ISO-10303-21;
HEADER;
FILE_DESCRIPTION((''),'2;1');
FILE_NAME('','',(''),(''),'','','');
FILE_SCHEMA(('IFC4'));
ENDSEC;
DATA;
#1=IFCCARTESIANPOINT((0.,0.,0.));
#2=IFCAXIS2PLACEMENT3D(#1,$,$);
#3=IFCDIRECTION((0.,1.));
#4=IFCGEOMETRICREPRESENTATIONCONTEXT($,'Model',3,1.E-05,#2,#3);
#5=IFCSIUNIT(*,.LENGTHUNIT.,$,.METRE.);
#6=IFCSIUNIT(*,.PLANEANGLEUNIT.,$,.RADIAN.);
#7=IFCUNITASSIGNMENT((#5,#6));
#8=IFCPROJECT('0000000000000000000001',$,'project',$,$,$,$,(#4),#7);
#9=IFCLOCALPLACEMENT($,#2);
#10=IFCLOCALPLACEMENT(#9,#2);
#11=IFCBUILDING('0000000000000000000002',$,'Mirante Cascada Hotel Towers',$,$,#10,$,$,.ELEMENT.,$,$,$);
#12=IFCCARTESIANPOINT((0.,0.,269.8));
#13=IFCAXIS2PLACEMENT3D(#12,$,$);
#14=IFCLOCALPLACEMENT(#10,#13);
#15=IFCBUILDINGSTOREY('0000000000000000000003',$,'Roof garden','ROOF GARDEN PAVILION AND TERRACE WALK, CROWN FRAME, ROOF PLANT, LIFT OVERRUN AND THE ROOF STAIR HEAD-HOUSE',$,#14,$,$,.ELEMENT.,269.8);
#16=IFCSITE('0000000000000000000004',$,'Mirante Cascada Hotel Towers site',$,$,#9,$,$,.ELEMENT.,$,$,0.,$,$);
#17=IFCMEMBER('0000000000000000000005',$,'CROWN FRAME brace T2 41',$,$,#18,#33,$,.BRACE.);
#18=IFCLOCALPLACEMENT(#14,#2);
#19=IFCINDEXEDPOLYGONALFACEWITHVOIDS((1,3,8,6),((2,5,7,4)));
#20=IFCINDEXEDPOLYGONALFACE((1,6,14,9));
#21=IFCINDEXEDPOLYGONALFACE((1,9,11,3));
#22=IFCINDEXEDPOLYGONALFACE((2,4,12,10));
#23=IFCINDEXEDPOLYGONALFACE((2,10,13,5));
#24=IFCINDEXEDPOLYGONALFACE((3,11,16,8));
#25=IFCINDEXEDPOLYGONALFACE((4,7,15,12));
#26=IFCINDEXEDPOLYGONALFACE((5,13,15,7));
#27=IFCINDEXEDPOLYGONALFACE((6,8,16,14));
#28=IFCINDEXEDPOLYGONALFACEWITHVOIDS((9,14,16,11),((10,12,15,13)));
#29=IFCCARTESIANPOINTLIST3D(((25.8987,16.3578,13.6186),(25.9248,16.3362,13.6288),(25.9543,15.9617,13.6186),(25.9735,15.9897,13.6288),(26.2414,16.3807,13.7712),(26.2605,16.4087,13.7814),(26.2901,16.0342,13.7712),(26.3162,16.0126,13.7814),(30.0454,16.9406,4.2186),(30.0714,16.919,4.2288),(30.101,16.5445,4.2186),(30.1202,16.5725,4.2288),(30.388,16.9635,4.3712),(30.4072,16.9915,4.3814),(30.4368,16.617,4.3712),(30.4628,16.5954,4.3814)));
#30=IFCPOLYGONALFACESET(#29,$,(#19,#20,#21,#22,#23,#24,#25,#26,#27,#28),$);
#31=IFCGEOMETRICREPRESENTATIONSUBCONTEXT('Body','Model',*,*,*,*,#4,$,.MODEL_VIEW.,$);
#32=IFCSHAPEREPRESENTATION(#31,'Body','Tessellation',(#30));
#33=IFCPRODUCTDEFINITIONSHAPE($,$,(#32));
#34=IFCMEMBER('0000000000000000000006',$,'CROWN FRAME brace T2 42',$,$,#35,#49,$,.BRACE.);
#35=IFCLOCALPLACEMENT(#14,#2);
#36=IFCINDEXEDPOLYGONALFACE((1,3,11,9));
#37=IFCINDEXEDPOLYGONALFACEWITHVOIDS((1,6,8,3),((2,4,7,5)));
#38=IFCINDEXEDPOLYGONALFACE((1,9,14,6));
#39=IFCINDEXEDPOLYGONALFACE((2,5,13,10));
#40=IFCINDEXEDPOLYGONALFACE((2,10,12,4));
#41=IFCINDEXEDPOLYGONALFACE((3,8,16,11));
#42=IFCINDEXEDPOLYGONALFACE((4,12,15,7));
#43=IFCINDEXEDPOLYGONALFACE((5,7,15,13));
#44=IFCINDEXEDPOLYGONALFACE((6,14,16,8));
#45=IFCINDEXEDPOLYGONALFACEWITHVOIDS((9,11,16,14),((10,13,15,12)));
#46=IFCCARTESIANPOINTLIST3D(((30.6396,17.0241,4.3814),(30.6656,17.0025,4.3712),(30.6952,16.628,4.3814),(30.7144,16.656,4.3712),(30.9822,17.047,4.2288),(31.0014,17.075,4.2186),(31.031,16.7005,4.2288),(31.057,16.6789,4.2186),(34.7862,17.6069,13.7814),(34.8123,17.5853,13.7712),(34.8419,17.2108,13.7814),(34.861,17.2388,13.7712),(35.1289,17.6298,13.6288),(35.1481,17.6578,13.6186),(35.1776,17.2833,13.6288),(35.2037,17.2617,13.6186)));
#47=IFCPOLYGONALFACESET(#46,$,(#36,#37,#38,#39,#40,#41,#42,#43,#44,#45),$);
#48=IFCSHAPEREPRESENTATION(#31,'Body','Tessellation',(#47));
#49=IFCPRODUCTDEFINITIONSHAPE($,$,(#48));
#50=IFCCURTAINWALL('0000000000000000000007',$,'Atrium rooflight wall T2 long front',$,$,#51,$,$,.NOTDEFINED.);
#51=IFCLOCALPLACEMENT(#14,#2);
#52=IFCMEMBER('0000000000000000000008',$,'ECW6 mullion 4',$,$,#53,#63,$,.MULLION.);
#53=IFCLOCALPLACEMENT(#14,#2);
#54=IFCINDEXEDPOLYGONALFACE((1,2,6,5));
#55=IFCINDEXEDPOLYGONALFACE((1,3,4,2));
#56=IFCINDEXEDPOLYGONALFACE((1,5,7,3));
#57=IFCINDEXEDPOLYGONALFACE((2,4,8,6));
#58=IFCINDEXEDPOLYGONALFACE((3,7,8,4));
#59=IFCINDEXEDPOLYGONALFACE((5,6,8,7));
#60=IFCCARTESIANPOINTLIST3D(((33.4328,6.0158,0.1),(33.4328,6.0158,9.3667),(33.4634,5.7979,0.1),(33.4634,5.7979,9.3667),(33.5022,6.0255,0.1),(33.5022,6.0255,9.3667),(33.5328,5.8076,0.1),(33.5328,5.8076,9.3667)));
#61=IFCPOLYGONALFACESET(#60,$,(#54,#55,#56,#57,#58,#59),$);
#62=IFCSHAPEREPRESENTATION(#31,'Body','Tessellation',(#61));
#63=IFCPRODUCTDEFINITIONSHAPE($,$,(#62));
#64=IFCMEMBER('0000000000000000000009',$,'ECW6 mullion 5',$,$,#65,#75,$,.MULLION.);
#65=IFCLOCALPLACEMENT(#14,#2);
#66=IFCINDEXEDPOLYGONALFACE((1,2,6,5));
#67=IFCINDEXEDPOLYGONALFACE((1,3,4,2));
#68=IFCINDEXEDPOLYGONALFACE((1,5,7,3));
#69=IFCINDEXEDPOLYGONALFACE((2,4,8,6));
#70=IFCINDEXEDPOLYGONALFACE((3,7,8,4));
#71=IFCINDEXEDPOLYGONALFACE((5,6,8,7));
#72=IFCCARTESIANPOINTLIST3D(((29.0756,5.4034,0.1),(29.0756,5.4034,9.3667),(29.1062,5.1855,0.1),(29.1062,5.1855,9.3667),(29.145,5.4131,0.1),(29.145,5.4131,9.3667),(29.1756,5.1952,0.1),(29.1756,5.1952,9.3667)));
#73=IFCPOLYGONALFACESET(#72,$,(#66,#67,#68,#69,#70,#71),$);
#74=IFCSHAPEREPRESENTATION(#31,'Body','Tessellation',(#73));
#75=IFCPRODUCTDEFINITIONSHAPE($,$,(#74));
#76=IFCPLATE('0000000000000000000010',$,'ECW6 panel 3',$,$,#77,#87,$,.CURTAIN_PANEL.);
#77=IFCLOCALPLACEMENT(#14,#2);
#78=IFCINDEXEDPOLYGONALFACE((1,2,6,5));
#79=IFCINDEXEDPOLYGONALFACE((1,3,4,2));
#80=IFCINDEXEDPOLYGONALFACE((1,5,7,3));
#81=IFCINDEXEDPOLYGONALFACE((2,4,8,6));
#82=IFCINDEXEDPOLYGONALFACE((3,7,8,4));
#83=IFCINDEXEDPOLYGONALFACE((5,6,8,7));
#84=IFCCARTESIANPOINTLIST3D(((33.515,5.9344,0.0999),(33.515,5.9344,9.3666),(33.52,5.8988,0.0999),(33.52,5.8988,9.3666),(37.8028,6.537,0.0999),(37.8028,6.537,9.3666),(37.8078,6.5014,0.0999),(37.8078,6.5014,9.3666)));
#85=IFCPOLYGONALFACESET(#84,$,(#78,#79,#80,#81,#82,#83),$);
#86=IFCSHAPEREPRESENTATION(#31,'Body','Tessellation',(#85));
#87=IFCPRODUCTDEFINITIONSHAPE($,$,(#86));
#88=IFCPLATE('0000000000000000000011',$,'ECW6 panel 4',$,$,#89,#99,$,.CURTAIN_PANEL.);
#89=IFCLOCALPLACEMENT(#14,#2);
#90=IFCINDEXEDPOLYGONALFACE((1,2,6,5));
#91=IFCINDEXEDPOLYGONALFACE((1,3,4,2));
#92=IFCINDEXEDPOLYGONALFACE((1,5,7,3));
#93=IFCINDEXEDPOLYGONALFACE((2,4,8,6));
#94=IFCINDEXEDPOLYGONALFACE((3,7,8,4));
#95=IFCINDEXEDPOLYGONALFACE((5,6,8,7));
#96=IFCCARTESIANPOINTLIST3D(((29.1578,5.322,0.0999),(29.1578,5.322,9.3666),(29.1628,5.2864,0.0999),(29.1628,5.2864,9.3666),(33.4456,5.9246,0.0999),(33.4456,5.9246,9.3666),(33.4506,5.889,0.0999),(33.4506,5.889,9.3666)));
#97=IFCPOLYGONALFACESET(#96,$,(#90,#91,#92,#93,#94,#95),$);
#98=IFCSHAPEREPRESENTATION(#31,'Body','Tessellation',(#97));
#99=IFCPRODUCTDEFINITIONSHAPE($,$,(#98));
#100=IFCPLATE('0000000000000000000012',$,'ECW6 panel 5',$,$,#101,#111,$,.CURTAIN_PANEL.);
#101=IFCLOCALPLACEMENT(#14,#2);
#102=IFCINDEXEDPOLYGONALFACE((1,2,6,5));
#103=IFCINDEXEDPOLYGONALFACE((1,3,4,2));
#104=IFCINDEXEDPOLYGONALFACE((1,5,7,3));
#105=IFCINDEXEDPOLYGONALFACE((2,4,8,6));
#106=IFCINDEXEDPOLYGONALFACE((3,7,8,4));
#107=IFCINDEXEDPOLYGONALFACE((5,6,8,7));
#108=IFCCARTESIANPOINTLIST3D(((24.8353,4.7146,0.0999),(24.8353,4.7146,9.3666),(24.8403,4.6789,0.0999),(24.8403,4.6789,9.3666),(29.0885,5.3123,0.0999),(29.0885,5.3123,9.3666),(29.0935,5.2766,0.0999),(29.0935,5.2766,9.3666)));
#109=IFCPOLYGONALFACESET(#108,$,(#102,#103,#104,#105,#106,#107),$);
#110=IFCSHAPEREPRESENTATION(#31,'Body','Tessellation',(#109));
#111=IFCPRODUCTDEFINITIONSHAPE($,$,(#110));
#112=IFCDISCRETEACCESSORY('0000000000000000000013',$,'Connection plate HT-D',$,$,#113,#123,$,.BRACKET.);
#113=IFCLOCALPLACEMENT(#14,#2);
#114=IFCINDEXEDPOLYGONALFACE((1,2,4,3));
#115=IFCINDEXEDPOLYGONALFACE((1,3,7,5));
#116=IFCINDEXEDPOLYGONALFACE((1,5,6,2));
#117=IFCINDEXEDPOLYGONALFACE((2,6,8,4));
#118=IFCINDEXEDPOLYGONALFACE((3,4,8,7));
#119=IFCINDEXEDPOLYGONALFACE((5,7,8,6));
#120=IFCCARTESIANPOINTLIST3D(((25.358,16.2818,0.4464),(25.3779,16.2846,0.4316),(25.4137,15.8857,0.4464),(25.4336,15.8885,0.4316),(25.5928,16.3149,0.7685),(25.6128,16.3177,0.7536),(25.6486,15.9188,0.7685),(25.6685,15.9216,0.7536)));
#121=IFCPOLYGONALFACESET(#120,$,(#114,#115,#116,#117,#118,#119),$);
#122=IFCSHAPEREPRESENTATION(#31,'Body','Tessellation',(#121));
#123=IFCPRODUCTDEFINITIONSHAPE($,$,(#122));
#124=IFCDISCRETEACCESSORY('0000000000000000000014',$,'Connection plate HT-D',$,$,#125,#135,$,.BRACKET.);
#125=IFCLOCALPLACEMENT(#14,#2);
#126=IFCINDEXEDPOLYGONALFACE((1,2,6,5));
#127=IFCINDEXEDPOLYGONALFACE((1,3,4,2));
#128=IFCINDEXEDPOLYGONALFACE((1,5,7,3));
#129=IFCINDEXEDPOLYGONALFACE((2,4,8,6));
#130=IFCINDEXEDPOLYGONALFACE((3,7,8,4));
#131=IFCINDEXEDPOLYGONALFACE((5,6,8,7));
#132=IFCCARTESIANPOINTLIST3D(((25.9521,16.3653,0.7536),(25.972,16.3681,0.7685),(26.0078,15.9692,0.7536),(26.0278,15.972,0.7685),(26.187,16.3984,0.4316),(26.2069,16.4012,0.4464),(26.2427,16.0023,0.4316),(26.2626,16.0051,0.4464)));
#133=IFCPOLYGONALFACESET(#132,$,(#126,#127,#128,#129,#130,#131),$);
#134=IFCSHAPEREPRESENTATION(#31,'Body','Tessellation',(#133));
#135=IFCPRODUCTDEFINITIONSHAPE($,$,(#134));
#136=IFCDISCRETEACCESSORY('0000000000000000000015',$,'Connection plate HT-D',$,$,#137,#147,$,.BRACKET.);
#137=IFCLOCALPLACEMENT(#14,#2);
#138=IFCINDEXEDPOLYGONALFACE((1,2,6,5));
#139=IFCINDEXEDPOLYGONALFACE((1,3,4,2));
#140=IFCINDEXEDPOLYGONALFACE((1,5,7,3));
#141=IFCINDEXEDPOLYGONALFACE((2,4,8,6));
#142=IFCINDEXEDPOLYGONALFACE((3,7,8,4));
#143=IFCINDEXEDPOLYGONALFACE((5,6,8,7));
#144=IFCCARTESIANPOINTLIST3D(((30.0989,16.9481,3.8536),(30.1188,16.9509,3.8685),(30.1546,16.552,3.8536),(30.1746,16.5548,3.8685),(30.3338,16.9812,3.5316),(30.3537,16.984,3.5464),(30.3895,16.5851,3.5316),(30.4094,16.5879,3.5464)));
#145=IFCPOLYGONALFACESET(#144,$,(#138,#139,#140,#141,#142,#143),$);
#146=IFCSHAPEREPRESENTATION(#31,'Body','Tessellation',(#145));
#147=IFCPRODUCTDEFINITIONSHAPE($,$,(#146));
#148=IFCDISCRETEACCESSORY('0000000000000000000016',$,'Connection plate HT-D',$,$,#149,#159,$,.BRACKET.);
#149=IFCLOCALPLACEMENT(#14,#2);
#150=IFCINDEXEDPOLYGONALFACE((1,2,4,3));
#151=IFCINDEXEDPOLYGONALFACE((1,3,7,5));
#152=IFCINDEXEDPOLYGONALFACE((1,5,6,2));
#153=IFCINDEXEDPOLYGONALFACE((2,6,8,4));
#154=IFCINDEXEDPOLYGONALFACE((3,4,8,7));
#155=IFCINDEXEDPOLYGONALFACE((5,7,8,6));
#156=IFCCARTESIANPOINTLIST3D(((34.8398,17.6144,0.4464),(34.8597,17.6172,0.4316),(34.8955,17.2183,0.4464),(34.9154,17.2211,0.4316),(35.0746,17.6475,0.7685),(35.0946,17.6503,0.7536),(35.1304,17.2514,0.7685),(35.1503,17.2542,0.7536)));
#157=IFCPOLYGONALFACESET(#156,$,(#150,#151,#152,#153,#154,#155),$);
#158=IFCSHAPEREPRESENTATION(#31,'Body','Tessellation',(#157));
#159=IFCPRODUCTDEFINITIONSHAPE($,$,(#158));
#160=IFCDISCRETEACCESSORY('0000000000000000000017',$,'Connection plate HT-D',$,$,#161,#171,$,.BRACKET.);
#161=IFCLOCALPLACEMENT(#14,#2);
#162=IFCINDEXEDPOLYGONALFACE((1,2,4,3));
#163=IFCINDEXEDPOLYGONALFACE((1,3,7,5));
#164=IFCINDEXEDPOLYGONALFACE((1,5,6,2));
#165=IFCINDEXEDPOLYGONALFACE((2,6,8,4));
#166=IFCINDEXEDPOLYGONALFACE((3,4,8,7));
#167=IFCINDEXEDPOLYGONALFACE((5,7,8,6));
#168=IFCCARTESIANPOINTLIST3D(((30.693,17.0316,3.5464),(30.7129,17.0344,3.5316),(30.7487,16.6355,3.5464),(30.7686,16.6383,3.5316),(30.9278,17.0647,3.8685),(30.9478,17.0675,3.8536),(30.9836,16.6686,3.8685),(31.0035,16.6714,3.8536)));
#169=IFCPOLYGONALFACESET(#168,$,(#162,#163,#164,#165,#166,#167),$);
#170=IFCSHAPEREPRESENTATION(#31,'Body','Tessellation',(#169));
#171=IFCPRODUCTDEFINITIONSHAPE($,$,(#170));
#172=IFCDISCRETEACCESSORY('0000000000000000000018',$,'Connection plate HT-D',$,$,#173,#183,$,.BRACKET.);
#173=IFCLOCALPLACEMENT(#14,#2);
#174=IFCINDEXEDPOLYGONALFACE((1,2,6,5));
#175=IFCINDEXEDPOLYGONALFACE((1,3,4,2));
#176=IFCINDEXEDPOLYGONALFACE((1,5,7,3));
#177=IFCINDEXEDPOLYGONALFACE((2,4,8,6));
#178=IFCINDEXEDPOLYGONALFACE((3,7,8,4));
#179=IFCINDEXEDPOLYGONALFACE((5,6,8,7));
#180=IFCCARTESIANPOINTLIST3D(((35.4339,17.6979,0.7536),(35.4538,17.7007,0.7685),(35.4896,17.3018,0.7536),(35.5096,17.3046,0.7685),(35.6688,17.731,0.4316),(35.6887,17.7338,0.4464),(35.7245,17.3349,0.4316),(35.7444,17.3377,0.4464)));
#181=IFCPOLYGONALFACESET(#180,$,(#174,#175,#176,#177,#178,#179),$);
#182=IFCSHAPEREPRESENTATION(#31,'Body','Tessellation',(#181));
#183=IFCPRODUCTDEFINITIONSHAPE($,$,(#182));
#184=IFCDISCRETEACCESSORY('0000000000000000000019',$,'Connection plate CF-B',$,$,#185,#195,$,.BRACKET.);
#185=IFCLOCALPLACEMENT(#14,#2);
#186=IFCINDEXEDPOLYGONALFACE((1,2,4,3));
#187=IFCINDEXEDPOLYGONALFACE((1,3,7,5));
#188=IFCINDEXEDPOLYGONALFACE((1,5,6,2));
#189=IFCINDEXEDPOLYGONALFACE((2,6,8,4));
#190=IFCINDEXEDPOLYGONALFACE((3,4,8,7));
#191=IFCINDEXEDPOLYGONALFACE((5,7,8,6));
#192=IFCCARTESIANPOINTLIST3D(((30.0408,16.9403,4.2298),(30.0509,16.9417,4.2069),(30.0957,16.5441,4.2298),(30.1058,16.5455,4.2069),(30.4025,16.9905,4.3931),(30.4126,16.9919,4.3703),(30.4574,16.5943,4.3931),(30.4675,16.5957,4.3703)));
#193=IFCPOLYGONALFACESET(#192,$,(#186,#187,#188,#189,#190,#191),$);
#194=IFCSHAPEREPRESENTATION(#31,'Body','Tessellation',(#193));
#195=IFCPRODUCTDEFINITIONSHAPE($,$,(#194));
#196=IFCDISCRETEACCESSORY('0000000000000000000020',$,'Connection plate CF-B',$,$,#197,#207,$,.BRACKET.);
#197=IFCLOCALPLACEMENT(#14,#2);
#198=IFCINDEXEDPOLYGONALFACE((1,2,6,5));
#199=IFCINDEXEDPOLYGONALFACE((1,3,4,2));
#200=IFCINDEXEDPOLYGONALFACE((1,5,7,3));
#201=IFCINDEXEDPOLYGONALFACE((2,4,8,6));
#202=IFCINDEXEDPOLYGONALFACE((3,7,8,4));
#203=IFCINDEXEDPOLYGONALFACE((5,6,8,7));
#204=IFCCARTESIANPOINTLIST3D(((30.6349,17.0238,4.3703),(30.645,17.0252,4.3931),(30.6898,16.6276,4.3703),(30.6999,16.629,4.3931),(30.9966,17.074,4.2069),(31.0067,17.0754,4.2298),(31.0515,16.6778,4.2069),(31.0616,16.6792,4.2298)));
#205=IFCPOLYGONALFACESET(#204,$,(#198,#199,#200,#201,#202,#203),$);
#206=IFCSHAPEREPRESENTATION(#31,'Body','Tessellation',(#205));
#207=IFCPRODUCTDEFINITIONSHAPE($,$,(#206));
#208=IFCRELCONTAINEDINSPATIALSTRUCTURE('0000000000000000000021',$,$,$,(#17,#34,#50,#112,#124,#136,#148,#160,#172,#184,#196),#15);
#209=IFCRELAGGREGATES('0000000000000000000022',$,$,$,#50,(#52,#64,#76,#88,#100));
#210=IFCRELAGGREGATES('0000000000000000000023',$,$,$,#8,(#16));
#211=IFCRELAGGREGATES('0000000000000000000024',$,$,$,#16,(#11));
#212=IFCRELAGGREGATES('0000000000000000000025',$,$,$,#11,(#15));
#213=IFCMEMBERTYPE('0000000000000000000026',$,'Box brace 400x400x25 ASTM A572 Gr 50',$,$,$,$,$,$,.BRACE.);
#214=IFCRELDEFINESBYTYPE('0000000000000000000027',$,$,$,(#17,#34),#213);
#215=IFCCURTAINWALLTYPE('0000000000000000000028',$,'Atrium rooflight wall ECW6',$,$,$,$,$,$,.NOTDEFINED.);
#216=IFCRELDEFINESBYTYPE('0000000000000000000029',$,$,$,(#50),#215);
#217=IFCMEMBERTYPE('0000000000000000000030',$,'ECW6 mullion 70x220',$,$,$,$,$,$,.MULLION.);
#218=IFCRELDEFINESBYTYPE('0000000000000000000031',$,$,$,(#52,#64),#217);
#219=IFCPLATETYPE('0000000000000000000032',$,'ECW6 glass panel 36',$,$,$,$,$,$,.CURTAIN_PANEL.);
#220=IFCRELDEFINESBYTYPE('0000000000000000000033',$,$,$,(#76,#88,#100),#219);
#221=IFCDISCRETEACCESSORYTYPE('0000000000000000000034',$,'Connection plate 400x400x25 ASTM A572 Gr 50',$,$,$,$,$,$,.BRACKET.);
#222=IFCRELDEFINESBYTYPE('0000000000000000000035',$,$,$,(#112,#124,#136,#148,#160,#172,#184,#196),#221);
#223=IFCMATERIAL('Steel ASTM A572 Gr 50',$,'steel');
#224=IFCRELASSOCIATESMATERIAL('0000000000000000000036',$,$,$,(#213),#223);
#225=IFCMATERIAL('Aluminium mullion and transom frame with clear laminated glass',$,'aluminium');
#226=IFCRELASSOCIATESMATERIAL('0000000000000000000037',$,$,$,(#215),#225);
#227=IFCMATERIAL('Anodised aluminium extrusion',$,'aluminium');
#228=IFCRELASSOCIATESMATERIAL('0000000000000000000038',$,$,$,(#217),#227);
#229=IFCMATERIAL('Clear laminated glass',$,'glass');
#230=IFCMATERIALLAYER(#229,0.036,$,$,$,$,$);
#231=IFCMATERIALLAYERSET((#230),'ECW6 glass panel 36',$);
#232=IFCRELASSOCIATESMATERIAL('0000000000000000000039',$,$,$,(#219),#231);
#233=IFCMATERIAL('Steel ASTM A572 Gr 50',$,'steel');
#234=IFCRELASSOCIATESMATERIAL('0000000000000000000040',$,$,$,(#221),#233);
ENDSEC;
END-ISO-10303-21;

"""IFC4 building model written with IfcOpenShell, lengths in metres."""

from ifc_helpers import new_model, si_unit, direction, frame, origin, origin_2d, place, context, subcontext, project, spatial, rectangle, hollow_rectangle, extrude, material, layer, layer_set, material_profile, profile_set, type_object, element, aggregate, save


model = new_model("IFC4")

# Units and contexts
model_context = context("Model", 3, precision=1e-05, world=origin(), true_north=direction((0.0, 1.0)))
body_context = subcontext(model_context, "Body", "Model", "MODEL_VIEW")
ifc_project = project(units=[si_unit("LENGTHUNIT", "METRE"), si_unit("PLANEANGLEUNIT", "RADIAN")], contexts=[model_context])

# Site, building, storey
site_placement = place(None, origin())
site = spatial("IfcSite", under=ifc_project, at=site_placement, Name="Mirante Cascada Hotel Towers site", CompositionType="ELEMENT", RefElevation=0.0)
building_placement = place(site_placement, origin())
building = spatial("IfcBuilding", under=site, at=building_placement, Name="Mirante Cascada Hotel Towers", CompositionType="ELEMENT")
storey_placement = place(building_placement, frame((0.0, 0.0, 269.8)))
storey = spatial("IfcBuildingStorey", under=building, at=storey_placement, Name="Roof garden", Description="ROOF GARDEN PAVILION AND TERRACE WALK, CROWN FRAME, ROOF PLANT, LIFT OVERRUN AND THE ROOF STAIR HEAD-HOUSE", CompositionType="ELEMENT", Elevation=269.8)

# Members
ifc_material_1 = material(Name="Steel ASTM A572 Gr 50", Category="steel")
ifc_material_profile_1 = material_profile(ifc_material_1, hollow_rectangle(XDim=0.4, YDim=0.4, WallThickness=0.025, at=origin_2d()), Name="Box brace 400x400x25 ASTM A572 Gr 50")
ifc_profile_set_1 = profile_set([ifc_material_profile_1], Name="Steel ASTM A572 Gr 50")
member_type_1 = type_object("IfcMemberType", Name="Box brace 400x400x25 ASTM A572 Gr 50", PredefinedType="BRACE", material=ifc_profile_set_1)
for number, where, z_axis, x_axis, name in (
    (1, (30.2541, 16.768, 4.3), (-0.402963, -0.056635, 0.913462), (0.139178, -0.990267, 0.0), "CROWN FRAME brace T2 41"),
    (2, (30.8483, 16.8515, 4.3), (0.402963, 0.056635, 0.913462), (-0.139178, 0.990267, 0.0), "CROWN FRAME brace T2 42"),
):
    element("IfcMember", number, at=place(storey_placement, frame(where, z_axis=z_axis, x_axis=x_axis)), inside=storey, type_object=member_type_1, Name=name, PredefinedType="BRACE", context=body_context, shape_type="SweptSolid", body=[
        extrude(hollow_rectangle(XDim=0.4, YDim=0.4, WallThickness=0.025, at=origin_2d()), origin(), (0.0, 0.0, 1.0), 10.2905),
    ])

# Curtain wall, members, plates
ifc_material_2 = material(Name="Aluminium mullion and transom frame with clear laminated glass", Category="aluminium")
curtain_wall_type = type_object("IfcCurtainWallType", Name="Atrium rooflight wall ECW6", PredefinedType="NOTDEFINED", material=ifc_material_2)
curtain_wall_placement = place(storey_placement, origin())
curtain_wall = element("IfcCurtainWall", 3, at=curtain_wall_placement, inside=storey, type_object=curtain_wall_type, Name="Atrium rooflight wall T2 long front", PredefinedType="NOTDEFINED")
ifc_material_3 = material(Name="Anodised aluminium extrusion", Category="aluminium")
ifc_material_profile_2 = material_profile(ifc_material_3, rectangle(XDim=0.22, YDim=0.07, at=origin_2d()), Name="ECW6 MULLION 70x220")
ifc_profile_set_2 = profile_set([ifc_material_profile_2], Name="Anodised aluminium extrusion")
member_type_2 = type_object("IfcMemberType", Name="ECW6 mullion 70x220", PredefinedType="MULLION", material=ifc_profile_set_2)
member_1_placement = place(storey_placement, frame((33.4828, 5.9117, 0.1), z_axis=(0.0, 0.0, 1.0), x_axis=(0.139173, -0.990268, 0.0)))
member_1 = element("IfcMember", 4, at=member_1_placement, type_object=member_type_2, Name="ECW6 mullion 4", PredefinedType="MULLION", context=body_context, shape_type="SweptSolid", body=[
    extrude(rectangle(XDim=0.22, YDim=0.07, at=origin_2d()), origin(), (0.0, 0.0, 1.0), 9.2667),
])
member_2_placement = place(storey_placement, frame((29.1256, 5.2993, 0.1), z_axis=(0.0, 0.0, 1.0), x_axis=(0.139173, -0.990268, 0.0)))
member_2 = element("IfcMember", 5, at=member_2_placement, type_object=member_type_2, Name="ECW6 mullion 5", PredefinedType="MULLION", context=body_context, shape_type="SweptSolid", body=[
    extrude(rectangle(XDim=0.22, YDim=0.07, at=origin_2d()), origin(), (0.0, 0.0, 1.0), 9.2667),
])
ifc_material_4 = material(Name="Clear laminated glass", Category="glass")
ifc_layer = layer(ifc_material_4, 0.036)
ifc_layer_set = layer_set([ifc_layer], Name="ECW6 glass panel 36")
plate_type = type_object("IfcPlateType", Name="ECW6 glass panel 36", PredefinedType="CURTAIN_PANEL", material=ifc_layer_set)
plate_1_placement = place(storey_placement, frame((35.6614, 6.2179, 0.0999), z_axis=(0.0, 0.0, 1.0), x_axis=(-0.990268, -0.139173, 0.0)))
plate_1 = element("IfcPlate", 6, at=plate_1_placement, type_object=plate_type, Name="ECW6 panel 3", PredefinedType="CURTAIN_PANEL", context=body_context, shape_type="SweptSolid", body=[
    extrude(rectangle(XDim=4.33, YDim=0.036, at=origin_2d()), origin(), (0.0, 0.0, 1.0), 9.2667),
])
plate_2_placement = place(storey_placement, frame((31.3042, 5.6055, 0.0999), z_axis=(0.0, 0.0, 1.0), x_axis=(-0.990268, -0.139173, 0.0)))
plate_2 = element("IfcPlate", 7, at=plate_2_placement, type_object=plate_type, Name="ECW6 panel 4", PredefinedType="CURTAIN_PANEL", context=body_context, shape_type="SweptSolid", body=[
    extrude(rectangle(XDim=4.33, YDim=0.036, at=origin_2d()), origin(), (0.0, 0.0, 1.0), 9.2667),
])
plate_3_placement = place(storey_placement, frame((26.9644, 4.9956, 0.0999), z_axis=(0.0, 0.0, 1.0), x_axis=(-0.990268, -0.139173, 0.0)))
plate_3 = element("IfcPlate", 8, at=plate_3_placement, type_object=plate_type, Name="ECW6 panel 5", PredefinedType="CURTAIN_PANEL", context=body_context, shape_type="SweptSolid", body=[
    extrude(rectangle(XDim=4.295, YDim=0.036, at=origin_2d()), origin(), (0.0, 0.0, 1.0), 9.2667),
])
aggregate(curtain_wall, [member_1, member_2, plate_1, plate_2, plate_3])

# Discrete accessories
ifc_material_5 = material(Name="Steel ASTM A572 Gr 50", Category="steel")
ifc_material_profile_3 = material_profile(ifc_material_5, rectangle(XDim=0.4, YDim=0.4, at=origin_2d()), Name="Connection plate 400x400x25 ASTM A572 Gr 50")
ifc_profile_set_3 = profile_set([ifc_material_profile_3], Name="Steel ASTM A572 Gr 50")
discrete_accessory_type = type_object("IfcDiscreteAccessoryType", Name="Connection plate 400x400x25 ASTM A572 Gr 50", PredefinedType="BRACKET", material=ifc_profile_set_3)
for number, where, z_axis, x_axis, name in (
    (9, (25.5232, 16.1031, 0.5926), (-0.797347, -0.112189, 0.593002), (0.139331, -0.990246, 0.0), "Connection plate HT-D"),
    (10, (26.0974, 16.1838, 0.5926), (0.797347, 0.112189, 0.593002), (-0.139331, 0.990246, 0.0), "Connection plate HT-D"),
    (11, (30.2442, 16.7666, 3.6926), (0.797347, 0.112189, 0.593002), (-0.139331, 0.990246, 0.0), "Connection plate HT-D"),
    (12, (35.005, 17.4357, 0.5926), (-0.797347, -0.112189, 0.593002), (0.139331, -0.990246, 0.0), "Connection plate HT-D"),
    (13, (30.8582, 16.8529, 3.6926), (-0.797347, -0.112189, 0.593002), (0.139331, -0.990246, 0.0), "Connection plate HT-D"),
    (14, (35.5792, 17.5164, 0.5926), (0.797347, 0.112189, 0.593002), (-0.139331, 0.990246, 0.0), "Connection plate HT-D"),
    (15, (30.2592, 16.7687, 4.2886), (-0.404385, -0.056053, 0.91287), (0.137301, -0.990529, 0.0), "Connection plate CF-B"),
    (16, (30.8432, 16.8508, 4.2886), (0.404385, 0.056053, 0.91287), (-0.137301, 0.990529, 0.0), "Connection plate CF-B"),
):
    element("IfcDiscreteAccessory", number, at=place(storey_placement, frame(where, z_axis=z_axis, x_axis=x_axis)), inside=storey, type_object=discrete_accessory_type, Name=name, PredefinedType="BRACKET", context=body_context, shape_type="SweptSolid", body=[
        extrude(rectangle(XDim=0.4, YDim=0.4, at=origin_2d()), origin(), (0.0, 0.0, 1.0), 0.025),
    ])

save(model, "model.ifc")
